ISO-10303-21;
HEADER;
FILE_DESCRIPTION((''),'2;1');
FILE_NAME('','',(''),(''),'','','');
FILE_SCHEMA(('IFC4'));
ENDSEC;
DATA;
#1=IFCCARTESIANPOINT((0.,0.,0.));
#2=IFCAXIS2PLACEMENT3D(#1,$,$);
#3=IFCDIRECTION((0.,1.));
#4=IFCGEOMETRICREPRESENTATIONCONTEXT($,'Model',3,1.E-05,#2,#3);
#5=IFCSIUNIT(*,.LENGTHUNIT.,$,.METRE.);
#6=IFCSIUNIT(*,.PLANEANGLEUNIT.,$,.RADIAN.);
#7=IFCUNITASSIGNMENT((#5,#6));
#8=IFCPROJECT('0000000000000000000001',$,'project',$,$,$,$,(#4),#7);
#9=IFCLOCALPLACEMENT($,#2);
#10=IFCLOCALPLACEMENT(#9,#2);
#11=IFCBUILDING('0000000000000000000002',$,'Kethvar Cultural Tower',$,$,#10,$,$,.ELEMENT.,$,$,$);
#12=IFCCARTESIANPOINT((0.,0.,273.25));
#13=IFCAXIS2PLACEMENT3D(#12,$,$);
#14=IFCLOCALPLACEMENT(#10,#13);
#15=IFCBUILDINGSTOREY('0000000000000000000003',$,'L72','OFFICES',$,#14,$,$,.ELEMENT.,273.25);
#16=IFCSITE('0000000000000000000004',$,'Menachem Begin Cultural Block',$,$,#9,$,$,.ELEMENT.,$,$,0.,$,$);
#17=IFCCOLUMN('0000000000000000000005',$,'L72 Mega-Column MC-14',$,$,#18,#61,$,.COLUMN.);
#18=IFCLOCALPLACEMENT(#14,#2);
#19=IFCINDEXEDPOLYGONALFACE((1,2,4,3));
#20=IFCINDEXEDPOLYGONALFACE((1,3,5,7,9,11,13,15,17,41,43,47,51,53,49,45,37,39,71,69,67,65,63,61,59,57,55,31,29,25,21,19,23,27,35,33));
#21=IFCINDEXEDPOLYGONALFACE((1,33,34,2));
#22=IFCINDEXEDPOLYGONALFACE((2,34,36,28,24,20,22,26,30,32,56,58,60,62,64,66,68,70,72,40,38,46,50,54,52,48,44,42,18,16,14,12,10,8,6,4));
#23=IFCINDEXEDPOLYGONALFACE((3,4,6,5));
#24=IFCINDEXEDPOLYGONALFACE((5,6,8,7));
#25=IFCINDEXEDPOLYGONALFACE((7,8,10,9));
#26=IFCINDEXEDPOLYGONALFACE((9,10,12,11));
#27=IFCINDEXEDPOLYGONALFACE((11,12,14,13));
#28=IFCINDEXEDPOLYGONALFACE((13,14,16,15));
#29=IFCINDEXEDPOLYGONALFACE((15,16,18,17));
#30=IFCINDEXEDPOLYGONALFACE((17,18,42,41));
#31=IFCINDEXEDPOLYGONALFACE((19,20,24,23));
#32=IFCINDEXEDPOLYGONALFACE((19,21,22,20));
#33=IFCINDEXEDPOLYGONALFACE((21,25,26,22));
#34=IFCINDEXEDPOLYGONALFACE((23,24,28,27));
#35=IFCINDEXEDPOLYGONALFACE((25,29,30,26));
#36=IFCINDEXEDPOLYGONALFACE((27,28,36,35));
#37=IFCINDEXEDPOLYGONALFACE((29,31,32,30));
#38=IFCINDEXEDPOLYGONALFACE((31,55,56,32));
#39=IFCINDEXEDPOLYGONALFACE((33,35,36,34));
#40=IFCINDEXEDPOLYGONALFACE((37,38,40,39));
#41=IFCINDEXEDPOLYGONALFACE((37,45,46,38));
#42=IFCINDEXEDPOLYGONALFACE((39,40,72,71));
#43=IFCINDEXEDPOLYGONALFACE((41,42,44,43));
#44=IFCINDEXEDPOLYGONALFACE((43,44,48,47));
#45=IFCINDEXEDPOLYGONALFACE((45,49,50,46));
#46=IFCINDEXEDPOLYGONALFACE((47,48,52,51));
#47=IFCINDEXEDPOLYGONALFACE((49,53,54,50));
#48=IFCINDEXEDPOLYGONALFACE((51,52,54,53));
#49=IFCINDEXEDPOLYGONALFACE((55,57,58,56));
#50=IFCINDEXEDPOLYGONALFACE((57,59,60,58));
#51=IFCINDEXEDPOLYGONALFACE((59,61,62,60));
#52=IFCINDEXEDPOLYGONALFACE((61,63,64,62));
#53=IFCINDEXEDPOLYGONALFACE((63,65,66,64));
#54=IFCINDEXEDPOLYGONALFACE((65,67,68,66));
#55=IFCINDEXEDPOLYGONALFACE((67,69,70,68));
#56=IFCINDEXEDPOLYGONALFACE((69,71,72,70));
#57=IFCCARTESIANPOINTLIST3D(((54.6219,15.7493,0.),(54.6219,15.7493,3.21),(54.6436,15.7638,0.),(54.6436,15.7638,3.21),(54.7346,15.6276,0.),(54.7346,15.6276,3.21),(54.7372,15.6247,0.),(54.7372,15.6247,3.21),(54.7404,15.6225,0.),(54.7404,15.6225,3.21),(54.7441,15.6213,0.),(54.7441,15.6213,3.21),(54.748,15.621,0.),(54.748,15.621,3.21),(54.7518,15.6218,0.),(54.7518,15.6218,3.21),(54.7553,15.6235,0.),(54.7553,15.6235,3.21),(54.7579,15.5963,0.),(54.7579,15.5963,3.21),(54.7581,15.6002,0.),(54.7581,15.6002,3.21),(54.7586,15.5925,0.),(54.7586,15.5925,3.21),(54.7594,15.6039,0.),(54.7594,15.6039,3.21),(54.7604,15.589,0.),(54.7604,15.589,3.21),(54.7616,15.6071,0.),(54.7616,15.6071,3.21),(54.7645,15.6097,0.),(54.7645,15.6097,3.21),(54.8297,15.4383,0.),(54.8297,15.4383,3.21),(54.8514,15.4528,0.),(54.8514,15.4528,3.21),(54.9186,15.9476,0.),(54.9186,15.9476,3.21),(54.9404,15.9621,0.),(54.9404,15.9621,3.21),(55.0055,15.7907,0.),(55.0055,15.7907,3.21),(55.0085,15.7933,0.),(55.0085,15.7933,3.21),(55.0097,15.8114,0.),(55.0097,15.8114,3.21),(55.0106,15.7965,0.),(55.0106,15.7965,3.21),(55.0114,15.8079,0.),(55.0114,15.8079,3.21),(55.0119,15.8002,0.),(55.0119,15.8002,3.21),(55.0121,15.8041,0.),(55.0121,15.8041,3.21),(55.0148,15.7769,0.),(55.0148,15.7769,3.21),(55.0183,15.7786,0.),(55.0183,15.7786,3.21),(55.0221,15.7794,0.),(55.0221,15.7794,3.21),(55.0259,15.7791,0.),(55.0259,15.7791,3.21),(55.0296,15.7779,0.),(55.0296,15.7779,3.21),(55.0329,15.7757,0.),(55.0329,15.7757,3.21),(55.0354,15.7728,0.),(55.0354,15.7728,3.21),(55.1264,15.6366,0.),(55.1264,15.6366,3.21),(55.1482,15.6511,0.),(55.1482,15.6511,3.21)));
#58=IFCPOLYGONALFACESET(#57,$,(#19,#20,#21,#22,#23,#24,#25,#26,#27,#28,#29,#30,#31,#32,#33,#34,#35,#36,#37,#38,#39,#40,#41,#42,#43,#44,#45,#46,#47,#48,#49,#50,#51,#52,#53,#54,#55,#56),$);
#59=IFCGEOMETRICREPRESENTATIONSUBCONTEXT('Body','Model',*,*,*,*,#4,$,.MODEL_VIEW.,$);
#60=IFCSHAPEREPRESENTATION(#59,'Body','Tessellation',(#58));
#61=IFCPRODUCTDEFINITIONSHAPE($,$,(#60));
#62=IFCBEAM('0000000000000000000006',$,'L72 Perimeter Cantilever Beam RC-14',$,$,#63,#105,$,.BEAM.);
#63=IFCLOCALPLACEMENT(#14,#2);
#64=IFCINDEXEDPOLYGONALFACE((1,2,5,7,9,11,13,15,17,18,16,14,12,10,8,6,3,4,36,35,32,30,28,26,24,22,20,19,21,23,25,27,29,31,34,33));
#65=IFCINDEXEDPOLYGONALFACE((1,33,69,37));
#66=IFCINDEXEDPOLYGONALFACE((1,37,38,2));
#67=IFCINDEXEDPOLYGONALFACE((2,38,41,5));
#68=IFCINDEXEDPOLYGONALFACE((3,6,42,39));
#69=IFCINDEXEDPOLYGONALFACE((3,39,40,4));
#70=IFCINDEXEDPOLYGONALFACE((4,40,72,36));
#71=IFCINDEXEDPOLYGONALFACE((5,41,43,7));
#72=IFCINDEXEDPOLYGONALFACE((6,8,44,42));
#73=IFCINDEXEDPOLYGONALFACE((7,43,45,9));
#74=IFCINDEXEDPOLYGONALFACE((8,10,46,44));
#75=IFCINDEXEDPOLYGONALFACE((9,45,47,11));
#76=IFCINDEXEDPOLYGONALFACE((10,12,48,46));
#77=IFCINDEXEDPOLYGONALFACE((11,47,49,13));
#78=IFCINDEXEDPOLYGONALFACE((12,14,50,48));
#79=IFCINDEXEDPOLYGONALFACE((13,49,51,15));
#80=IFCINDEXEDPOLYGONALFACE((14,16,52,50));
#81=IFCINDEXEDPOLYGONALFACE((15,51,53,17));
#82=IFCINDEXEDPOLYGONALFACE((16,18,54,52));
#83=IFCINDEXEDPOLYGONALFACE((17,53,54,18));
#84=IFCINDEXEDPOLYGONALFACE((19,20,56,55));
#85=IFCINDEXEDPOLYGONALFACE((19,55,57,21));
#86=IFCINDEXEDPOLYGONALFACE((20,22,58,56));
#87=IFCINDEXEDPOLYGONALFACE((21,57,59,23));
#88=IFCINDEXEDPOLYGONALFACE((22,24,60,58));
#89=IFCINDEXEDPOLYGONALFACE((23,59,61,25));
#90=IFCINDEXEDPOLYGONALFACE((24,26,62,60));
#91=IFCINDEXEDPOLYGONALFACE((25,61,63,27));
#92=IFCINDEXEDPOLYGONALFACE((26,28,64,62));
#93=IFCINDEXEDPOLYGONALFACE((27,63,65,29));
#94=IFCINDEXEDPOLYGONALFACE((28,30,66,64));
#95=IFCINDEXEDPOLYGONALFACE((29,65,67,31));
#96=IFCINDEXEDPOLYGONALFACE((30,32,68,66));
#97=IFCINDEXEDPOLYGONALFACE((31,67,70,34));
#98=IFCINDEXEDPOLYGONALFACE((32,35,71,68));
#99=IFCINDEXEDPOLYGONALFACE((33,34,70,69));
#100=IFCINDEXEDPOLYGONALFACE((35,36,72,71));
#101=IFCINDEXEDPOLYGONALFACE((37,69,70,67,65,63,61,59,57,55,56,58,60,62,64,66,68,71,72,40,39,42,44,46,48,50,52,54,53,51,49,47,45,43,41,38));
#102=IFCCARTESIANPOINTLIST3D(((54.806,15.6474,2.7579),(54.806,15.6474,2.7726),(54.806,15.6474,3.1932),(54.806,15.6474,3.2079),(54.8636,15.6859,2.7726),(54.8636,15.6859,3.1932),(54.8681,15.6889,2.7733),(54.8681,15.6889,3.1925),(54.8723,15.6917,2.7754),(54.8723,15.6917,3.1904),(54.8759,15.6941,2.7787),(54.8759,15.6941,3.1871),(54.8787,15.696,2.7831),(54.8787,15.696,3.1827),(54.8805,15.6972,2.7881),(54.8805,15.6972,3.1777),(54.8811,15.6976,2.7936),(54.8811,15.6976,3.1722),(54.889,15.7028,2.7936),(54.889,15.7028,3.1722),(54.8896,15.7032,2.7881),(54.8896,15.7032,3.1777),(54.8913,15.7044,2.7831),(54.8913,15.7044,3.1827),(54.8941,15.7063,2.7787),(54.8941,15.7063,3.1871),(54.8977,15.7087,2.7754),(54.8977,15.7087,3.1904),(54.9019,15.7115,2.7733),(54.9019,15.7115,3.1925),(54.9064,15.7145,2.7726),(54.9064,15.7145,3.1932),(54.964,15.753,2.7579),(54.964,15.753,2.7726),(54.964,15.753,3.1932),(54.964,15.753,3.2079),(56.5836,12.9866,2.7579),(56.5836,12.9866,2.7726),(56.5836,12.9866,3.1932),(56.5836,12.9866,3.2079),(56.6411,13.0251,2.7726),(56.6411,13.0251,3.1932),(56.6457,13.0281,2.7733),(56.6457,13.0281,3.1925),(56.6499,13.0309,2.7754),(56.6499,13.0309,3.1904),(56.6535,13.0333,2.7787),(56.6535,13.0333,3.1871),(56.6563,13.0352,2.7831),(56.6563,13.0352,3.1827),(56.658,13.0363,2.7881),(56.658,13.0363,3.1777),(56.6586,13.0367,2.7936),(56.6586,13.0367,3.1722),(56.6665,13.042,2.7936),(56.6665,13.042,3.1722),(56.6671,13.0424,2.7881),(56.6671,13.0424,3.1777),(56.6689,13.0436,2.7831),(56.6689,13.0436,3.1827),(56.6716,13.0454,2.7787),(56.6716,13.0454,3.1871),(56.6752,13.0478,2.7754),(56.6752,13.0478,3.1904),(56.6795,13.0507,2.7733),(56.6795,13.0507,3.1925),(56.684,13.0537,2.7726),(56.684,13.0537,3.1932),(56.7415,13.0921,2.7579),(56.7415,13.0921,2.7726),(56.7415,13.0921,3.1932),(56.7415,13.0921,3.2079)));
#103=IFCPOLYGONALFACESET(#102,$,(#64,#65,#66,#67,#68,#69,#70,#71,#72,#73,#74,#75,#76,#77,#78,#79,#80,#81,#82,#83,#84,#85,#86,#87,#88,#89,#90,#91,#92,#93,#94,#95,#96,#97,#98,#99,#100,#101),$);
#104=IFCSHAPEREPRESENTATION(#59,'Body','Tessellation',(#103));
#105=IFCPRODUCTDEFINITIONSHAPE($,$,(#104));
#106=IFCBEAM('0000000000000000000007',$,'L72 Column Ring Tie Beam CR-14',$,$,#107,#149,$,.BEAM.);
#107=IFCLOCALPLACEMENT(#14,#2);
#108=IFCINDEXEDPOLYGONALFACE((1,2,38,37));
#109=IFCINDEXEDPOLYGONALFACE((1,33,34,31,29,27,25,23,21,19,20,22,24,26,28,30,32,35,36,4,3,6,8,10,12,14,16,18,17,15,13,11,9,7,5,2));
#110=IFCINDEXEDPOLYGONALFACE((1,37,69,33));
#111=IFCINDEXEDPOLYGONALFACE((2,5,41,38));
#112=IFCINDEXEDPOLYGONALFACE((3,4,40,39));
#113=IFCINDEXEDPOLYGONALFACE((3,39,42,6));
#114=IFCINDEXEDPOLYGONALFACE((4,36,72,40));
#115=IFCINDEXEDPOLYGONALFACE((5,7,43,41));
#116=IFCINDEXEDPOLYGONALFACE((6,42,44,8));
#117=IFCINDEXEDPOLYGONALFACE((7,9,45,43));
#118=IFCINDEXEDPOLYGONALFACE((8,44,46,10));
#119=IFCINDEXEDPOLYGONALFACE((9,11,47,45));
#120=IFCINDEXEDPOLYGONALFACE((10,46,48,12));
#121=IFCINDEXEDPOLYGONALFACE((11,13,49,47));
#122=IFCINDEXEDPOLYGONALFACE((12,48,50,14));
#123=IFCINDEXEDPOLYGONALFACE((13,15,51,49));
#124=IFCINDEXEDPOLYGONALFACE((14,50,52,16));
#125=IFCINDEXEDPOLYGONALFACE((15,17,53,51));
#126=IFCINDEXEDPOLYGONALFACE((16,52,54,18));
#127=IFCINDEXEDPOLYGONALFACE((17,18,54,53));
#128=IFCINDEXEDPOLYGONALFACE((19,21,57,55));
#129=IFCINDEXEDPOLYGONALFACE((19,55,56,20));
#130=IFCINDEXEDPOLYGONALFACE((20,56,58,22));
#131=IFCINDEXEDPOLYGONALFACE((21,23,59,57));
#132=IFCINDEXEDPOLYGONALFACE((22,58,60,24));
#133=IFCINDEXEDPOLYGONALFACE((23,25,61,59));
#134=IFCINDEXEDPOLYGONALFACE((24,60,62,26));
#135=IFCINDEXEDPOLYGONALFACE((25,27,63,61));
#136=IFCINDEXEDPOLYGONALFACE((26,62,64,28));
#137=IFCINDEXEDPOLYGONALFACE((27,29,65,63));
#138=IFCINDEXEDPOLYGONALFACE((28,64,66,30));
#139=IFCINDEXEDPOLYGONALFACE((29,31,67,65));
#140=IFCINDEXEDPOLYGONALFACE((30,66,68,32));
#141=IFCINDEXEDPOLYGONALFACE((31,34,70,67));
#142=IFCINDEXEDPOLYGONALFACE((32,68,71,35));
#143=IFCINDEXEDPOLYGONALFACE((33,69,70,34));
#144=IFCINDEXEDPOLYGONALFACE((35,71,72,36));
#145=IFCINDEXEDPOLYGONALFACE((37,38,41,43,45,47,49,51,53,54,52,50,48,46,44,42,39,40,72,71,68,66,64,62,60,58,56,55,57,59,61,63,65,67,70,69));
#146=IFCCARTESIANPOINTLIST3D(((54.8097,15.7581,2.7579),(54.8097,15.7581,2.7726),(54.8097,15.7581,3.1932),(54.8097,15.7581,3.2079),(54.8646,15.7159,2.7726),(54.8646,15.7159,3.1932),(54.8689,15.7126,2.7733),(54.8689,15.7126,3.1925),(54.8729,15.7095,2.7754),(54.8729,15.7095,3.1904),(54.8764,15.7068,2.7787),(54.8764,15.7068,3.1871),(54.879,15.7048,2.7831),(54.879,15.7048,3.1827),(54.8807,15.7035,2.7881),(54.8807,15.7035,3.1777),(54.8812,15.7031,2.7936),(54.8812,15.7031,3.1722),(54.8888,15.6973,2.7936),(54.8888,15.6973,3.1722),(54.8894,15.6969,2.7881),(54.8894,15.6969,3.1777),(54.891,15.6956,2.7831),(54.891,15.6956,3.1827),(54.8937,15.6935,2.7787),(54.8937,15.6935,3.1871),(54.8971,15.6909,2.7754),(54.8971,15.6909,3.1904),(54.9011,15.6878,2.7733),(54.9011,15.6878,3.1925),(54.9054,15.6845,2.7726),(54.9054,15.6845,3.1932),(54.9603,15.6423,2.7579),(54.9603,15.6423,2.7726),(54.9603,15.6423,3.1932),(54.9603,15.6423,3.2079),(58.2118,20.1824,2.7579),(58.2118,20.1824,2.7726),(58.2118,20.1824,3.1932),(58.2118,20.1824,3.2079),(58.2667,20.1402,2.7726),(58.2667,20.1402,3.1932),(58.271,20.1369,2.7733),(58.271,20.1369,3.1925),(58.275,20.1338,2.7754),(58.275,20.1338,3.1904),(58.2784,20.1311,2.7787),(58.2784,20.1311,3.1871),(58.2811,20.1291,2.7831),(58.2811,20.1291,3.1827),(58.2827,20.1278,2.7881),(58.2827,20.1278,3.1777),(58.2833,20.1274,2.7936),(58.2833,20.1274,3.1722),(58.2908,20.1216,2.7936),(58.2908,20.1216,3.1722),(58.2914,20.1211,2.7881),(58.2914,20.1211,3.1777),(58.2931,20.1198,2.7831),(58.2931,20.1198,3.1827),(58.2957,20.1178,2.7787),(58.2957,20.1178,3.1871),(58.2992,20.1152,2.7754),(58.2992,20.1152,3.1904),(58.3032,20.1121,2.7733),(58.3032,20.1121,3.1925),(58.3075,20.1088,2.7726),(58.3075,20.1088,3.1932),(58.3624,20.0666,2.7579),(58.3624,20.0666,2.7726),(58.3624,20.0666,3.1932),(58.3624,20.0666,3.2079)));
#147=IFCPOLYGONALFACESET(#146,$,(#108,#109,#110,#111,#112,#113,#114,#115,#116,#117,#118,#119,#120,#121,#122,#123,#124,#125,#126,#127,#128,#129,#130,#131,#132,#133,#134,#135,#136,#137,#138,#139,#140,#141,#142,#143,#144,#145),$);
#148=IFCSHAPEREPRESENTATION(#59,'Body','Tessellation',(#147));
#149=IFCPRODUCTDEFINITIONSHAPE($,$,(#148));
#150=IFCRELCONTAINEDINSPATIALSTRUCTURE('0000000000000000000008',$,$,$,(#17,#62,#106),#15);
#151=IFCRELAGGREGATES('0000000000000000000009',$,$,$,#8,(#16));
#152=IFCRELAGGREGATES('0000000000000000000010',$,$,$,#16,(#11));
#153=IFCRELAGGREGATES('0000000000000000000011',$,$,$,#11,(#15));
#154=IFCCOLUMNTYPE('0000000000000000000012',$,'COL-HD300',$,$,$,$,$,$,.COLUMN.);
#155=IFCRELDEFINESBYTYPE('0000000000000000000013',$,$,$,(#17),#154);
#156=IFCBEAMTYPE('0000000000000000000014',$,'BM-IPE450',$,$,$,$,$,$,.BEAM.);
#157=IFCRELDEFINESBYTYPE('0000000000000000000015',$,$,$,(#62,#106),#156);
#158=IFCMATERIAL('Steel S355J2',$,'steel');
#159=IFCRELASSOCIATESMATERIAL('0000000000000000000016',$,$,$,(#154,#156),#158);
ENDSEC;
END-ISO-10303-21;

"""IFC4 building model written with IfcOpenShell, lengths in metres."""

from ifc_helpers import new_model, si_unit, direction, frame, origin, origin_2d, place, context, subcontext, project, spatial, i_section, extrude, source, transform, mapped, material, material_profile, profile_set, type_object, element, save


model = new_model("IFC4")

# Units and contexts
model_context = context("Model", 3, precision=1e-05, world=origin(), true_north=direction((0.0, 1.0)))
body_context = subcontext(model_context, "Body", "Model", "MODEL_VIEW")
ifc_project = project(units=[si_unit("LENGTHUNIT", "METRE"), si_unit("PLANEANGLEUNIT", "RADIAN")], contexts=[model_context])

# Site, building, storey
site_placement = place(None, origin())
site = spatial("IfcSite", under=ifc_project, at=site_placement, Name="Menachem Begin Cultural Block", CompositionType="ELEMENT", RefElevation=0.0)
building_placement = place(site_placement, origin())
building = spatial("IfcBuilding", under=site, at=building_placement, Name="Kethvar Cultural Tower", CompositionType="ELEMENT")
storey_placement = place(building_placement, frame((0.0, 0.0, 273.25)))
storey = spatial("IfcBuildingStorey", under=building, at=storey_placement, Name="L72", Description="OFFICES", CompositionType="ELEMENT", Elevation=273.25)

# Column
ifc_material_1 = material(Name="Steel S355J2", Category="steel")
ifc_material_profile_1 = material_profile(ifc_material_1, i_section(OverallWidth=0.374, OverallDepth=0.3831, WebThickness=0.0166, FlangeThickness=0.0261, FilletRadius=0.0149, at=origin_2d()), Name="Steel S355J2 — HD360x300")
ifc_profile_set_1 = profile_set([ifc_material_profile_1], Name="Steel S355J2 — HD360x300")
column_type = type_object("IfcColumnType", Name="COL-HD300", PredefinedType="COLUMN", material=ifc_profile_set_1)
shared_shape_1 = source(origin(), body_context, "Body", "SweptSolid", [
    extrude(i_section(OverallWidth=0.374, OverallDepth=0.3831, WebThickness=0.0166, FlangeThickness=0.0261, FilletRadius=0.0149, at=origin_2d()), origin(), (0.0, 0.0, 1.0), 3.21),
])
column_placement = place(storey_placement, frame((54.885, 15.7002, 0.0), z_axis=(0.0, 0.0, 1.0), x_axis=(0.55557, -0.83147, 0.0)))
element("IfcColumn", 1, at=column_placement, inside=storey, type_object=column_type, Name="L72 Mega-Column MC-14", PredefinedType="COLUMN", context=body_context, shape_type="MappedRepresentation", body=[
    mapped(shared_shape_1, transform((0.0, 0.0, 0.0), scale=1.0)),
])

# Beams
ifc_material_profile_2 = material_profile(ifc_material_1, i_section(OverallWidth=0.1899, OverallDepth=0.45, WebThickness=0.0095, FlangeThickness=0.0146, FilletRadius=0.021, at=origin_2d()), Name="Steel S355J2 — IPE450")
ifc_profile_set_2 = profile_set([ifc_material_profile_2], Name="Steel S355J2 — IPE450")
beam_type_1 = type_object("IfcBeamType", Name="BM-IPE450", PredefinedType="BEAM", material=ifc_profile_set_2)
shared_shape_2 = source(origin(), body_context, "Body", "SweptSolid", [
    extrude(i_section(OverallWidth=0.1899, OverallDepth=0.45, WebThickness=0.0095, FlangeThickness=0.0146, FilletRadius=0.021, at=origin_2d()), origin(), (0.0, 0.0, 1.0), 3.2),
])
beam_1_placement = place(storey_placement, frame((54.885, 15.7002, 2.9829), z_axis=(0.555492, -0.831522, 0.0), x_axis=(0.831522, 0.555492, 0.0)))
element("IfcBeam", 2, at=beam_1_placement, inside=storey, type_object=beam_type_1, Name="L72 Perimeter Cantilever Beam RC-14", PredefinedType="BEAM", context=body_context, shape_type="MappedRepresentation", body=[
    mapped(shared_shape_2, transform((0.0, 0.0, 0.0), scale=1.0)),
])
shared_shape_3 = source(origin(), body_context, "Body", "SweptSolid", [
    extrude(i_section(OverallWidth=0.1899, OverallDepth=0.45, WebThickness=0.0095, FlangeThickness=0.0146, FilletRadius=0.021, at=origin_2d()), origin(), (0.0, 0.0, 1.0), 5.5811),
])
beam_2_placement = place(storey_placement, frame((54.885, 15.7002, 2.9829), z_axis=(0.609573, 0.79273, 0.0), x_axis=(-0.79273, 0.609573, 0.0)))
element("IfcBeam", 3, at=beam_2_placement, inside=storey, type_object=beam_type_1, Name="L72 Column Ring Tie Beam CR-14", PredefinedType="BEAM", context=body_context, shape_type="MappedRepresentation", body=[
    mapped(shared_shape_3, transform((0.0, 0.0, 0.0), scale=1.0)),
])

save(model, "model.ifc")
